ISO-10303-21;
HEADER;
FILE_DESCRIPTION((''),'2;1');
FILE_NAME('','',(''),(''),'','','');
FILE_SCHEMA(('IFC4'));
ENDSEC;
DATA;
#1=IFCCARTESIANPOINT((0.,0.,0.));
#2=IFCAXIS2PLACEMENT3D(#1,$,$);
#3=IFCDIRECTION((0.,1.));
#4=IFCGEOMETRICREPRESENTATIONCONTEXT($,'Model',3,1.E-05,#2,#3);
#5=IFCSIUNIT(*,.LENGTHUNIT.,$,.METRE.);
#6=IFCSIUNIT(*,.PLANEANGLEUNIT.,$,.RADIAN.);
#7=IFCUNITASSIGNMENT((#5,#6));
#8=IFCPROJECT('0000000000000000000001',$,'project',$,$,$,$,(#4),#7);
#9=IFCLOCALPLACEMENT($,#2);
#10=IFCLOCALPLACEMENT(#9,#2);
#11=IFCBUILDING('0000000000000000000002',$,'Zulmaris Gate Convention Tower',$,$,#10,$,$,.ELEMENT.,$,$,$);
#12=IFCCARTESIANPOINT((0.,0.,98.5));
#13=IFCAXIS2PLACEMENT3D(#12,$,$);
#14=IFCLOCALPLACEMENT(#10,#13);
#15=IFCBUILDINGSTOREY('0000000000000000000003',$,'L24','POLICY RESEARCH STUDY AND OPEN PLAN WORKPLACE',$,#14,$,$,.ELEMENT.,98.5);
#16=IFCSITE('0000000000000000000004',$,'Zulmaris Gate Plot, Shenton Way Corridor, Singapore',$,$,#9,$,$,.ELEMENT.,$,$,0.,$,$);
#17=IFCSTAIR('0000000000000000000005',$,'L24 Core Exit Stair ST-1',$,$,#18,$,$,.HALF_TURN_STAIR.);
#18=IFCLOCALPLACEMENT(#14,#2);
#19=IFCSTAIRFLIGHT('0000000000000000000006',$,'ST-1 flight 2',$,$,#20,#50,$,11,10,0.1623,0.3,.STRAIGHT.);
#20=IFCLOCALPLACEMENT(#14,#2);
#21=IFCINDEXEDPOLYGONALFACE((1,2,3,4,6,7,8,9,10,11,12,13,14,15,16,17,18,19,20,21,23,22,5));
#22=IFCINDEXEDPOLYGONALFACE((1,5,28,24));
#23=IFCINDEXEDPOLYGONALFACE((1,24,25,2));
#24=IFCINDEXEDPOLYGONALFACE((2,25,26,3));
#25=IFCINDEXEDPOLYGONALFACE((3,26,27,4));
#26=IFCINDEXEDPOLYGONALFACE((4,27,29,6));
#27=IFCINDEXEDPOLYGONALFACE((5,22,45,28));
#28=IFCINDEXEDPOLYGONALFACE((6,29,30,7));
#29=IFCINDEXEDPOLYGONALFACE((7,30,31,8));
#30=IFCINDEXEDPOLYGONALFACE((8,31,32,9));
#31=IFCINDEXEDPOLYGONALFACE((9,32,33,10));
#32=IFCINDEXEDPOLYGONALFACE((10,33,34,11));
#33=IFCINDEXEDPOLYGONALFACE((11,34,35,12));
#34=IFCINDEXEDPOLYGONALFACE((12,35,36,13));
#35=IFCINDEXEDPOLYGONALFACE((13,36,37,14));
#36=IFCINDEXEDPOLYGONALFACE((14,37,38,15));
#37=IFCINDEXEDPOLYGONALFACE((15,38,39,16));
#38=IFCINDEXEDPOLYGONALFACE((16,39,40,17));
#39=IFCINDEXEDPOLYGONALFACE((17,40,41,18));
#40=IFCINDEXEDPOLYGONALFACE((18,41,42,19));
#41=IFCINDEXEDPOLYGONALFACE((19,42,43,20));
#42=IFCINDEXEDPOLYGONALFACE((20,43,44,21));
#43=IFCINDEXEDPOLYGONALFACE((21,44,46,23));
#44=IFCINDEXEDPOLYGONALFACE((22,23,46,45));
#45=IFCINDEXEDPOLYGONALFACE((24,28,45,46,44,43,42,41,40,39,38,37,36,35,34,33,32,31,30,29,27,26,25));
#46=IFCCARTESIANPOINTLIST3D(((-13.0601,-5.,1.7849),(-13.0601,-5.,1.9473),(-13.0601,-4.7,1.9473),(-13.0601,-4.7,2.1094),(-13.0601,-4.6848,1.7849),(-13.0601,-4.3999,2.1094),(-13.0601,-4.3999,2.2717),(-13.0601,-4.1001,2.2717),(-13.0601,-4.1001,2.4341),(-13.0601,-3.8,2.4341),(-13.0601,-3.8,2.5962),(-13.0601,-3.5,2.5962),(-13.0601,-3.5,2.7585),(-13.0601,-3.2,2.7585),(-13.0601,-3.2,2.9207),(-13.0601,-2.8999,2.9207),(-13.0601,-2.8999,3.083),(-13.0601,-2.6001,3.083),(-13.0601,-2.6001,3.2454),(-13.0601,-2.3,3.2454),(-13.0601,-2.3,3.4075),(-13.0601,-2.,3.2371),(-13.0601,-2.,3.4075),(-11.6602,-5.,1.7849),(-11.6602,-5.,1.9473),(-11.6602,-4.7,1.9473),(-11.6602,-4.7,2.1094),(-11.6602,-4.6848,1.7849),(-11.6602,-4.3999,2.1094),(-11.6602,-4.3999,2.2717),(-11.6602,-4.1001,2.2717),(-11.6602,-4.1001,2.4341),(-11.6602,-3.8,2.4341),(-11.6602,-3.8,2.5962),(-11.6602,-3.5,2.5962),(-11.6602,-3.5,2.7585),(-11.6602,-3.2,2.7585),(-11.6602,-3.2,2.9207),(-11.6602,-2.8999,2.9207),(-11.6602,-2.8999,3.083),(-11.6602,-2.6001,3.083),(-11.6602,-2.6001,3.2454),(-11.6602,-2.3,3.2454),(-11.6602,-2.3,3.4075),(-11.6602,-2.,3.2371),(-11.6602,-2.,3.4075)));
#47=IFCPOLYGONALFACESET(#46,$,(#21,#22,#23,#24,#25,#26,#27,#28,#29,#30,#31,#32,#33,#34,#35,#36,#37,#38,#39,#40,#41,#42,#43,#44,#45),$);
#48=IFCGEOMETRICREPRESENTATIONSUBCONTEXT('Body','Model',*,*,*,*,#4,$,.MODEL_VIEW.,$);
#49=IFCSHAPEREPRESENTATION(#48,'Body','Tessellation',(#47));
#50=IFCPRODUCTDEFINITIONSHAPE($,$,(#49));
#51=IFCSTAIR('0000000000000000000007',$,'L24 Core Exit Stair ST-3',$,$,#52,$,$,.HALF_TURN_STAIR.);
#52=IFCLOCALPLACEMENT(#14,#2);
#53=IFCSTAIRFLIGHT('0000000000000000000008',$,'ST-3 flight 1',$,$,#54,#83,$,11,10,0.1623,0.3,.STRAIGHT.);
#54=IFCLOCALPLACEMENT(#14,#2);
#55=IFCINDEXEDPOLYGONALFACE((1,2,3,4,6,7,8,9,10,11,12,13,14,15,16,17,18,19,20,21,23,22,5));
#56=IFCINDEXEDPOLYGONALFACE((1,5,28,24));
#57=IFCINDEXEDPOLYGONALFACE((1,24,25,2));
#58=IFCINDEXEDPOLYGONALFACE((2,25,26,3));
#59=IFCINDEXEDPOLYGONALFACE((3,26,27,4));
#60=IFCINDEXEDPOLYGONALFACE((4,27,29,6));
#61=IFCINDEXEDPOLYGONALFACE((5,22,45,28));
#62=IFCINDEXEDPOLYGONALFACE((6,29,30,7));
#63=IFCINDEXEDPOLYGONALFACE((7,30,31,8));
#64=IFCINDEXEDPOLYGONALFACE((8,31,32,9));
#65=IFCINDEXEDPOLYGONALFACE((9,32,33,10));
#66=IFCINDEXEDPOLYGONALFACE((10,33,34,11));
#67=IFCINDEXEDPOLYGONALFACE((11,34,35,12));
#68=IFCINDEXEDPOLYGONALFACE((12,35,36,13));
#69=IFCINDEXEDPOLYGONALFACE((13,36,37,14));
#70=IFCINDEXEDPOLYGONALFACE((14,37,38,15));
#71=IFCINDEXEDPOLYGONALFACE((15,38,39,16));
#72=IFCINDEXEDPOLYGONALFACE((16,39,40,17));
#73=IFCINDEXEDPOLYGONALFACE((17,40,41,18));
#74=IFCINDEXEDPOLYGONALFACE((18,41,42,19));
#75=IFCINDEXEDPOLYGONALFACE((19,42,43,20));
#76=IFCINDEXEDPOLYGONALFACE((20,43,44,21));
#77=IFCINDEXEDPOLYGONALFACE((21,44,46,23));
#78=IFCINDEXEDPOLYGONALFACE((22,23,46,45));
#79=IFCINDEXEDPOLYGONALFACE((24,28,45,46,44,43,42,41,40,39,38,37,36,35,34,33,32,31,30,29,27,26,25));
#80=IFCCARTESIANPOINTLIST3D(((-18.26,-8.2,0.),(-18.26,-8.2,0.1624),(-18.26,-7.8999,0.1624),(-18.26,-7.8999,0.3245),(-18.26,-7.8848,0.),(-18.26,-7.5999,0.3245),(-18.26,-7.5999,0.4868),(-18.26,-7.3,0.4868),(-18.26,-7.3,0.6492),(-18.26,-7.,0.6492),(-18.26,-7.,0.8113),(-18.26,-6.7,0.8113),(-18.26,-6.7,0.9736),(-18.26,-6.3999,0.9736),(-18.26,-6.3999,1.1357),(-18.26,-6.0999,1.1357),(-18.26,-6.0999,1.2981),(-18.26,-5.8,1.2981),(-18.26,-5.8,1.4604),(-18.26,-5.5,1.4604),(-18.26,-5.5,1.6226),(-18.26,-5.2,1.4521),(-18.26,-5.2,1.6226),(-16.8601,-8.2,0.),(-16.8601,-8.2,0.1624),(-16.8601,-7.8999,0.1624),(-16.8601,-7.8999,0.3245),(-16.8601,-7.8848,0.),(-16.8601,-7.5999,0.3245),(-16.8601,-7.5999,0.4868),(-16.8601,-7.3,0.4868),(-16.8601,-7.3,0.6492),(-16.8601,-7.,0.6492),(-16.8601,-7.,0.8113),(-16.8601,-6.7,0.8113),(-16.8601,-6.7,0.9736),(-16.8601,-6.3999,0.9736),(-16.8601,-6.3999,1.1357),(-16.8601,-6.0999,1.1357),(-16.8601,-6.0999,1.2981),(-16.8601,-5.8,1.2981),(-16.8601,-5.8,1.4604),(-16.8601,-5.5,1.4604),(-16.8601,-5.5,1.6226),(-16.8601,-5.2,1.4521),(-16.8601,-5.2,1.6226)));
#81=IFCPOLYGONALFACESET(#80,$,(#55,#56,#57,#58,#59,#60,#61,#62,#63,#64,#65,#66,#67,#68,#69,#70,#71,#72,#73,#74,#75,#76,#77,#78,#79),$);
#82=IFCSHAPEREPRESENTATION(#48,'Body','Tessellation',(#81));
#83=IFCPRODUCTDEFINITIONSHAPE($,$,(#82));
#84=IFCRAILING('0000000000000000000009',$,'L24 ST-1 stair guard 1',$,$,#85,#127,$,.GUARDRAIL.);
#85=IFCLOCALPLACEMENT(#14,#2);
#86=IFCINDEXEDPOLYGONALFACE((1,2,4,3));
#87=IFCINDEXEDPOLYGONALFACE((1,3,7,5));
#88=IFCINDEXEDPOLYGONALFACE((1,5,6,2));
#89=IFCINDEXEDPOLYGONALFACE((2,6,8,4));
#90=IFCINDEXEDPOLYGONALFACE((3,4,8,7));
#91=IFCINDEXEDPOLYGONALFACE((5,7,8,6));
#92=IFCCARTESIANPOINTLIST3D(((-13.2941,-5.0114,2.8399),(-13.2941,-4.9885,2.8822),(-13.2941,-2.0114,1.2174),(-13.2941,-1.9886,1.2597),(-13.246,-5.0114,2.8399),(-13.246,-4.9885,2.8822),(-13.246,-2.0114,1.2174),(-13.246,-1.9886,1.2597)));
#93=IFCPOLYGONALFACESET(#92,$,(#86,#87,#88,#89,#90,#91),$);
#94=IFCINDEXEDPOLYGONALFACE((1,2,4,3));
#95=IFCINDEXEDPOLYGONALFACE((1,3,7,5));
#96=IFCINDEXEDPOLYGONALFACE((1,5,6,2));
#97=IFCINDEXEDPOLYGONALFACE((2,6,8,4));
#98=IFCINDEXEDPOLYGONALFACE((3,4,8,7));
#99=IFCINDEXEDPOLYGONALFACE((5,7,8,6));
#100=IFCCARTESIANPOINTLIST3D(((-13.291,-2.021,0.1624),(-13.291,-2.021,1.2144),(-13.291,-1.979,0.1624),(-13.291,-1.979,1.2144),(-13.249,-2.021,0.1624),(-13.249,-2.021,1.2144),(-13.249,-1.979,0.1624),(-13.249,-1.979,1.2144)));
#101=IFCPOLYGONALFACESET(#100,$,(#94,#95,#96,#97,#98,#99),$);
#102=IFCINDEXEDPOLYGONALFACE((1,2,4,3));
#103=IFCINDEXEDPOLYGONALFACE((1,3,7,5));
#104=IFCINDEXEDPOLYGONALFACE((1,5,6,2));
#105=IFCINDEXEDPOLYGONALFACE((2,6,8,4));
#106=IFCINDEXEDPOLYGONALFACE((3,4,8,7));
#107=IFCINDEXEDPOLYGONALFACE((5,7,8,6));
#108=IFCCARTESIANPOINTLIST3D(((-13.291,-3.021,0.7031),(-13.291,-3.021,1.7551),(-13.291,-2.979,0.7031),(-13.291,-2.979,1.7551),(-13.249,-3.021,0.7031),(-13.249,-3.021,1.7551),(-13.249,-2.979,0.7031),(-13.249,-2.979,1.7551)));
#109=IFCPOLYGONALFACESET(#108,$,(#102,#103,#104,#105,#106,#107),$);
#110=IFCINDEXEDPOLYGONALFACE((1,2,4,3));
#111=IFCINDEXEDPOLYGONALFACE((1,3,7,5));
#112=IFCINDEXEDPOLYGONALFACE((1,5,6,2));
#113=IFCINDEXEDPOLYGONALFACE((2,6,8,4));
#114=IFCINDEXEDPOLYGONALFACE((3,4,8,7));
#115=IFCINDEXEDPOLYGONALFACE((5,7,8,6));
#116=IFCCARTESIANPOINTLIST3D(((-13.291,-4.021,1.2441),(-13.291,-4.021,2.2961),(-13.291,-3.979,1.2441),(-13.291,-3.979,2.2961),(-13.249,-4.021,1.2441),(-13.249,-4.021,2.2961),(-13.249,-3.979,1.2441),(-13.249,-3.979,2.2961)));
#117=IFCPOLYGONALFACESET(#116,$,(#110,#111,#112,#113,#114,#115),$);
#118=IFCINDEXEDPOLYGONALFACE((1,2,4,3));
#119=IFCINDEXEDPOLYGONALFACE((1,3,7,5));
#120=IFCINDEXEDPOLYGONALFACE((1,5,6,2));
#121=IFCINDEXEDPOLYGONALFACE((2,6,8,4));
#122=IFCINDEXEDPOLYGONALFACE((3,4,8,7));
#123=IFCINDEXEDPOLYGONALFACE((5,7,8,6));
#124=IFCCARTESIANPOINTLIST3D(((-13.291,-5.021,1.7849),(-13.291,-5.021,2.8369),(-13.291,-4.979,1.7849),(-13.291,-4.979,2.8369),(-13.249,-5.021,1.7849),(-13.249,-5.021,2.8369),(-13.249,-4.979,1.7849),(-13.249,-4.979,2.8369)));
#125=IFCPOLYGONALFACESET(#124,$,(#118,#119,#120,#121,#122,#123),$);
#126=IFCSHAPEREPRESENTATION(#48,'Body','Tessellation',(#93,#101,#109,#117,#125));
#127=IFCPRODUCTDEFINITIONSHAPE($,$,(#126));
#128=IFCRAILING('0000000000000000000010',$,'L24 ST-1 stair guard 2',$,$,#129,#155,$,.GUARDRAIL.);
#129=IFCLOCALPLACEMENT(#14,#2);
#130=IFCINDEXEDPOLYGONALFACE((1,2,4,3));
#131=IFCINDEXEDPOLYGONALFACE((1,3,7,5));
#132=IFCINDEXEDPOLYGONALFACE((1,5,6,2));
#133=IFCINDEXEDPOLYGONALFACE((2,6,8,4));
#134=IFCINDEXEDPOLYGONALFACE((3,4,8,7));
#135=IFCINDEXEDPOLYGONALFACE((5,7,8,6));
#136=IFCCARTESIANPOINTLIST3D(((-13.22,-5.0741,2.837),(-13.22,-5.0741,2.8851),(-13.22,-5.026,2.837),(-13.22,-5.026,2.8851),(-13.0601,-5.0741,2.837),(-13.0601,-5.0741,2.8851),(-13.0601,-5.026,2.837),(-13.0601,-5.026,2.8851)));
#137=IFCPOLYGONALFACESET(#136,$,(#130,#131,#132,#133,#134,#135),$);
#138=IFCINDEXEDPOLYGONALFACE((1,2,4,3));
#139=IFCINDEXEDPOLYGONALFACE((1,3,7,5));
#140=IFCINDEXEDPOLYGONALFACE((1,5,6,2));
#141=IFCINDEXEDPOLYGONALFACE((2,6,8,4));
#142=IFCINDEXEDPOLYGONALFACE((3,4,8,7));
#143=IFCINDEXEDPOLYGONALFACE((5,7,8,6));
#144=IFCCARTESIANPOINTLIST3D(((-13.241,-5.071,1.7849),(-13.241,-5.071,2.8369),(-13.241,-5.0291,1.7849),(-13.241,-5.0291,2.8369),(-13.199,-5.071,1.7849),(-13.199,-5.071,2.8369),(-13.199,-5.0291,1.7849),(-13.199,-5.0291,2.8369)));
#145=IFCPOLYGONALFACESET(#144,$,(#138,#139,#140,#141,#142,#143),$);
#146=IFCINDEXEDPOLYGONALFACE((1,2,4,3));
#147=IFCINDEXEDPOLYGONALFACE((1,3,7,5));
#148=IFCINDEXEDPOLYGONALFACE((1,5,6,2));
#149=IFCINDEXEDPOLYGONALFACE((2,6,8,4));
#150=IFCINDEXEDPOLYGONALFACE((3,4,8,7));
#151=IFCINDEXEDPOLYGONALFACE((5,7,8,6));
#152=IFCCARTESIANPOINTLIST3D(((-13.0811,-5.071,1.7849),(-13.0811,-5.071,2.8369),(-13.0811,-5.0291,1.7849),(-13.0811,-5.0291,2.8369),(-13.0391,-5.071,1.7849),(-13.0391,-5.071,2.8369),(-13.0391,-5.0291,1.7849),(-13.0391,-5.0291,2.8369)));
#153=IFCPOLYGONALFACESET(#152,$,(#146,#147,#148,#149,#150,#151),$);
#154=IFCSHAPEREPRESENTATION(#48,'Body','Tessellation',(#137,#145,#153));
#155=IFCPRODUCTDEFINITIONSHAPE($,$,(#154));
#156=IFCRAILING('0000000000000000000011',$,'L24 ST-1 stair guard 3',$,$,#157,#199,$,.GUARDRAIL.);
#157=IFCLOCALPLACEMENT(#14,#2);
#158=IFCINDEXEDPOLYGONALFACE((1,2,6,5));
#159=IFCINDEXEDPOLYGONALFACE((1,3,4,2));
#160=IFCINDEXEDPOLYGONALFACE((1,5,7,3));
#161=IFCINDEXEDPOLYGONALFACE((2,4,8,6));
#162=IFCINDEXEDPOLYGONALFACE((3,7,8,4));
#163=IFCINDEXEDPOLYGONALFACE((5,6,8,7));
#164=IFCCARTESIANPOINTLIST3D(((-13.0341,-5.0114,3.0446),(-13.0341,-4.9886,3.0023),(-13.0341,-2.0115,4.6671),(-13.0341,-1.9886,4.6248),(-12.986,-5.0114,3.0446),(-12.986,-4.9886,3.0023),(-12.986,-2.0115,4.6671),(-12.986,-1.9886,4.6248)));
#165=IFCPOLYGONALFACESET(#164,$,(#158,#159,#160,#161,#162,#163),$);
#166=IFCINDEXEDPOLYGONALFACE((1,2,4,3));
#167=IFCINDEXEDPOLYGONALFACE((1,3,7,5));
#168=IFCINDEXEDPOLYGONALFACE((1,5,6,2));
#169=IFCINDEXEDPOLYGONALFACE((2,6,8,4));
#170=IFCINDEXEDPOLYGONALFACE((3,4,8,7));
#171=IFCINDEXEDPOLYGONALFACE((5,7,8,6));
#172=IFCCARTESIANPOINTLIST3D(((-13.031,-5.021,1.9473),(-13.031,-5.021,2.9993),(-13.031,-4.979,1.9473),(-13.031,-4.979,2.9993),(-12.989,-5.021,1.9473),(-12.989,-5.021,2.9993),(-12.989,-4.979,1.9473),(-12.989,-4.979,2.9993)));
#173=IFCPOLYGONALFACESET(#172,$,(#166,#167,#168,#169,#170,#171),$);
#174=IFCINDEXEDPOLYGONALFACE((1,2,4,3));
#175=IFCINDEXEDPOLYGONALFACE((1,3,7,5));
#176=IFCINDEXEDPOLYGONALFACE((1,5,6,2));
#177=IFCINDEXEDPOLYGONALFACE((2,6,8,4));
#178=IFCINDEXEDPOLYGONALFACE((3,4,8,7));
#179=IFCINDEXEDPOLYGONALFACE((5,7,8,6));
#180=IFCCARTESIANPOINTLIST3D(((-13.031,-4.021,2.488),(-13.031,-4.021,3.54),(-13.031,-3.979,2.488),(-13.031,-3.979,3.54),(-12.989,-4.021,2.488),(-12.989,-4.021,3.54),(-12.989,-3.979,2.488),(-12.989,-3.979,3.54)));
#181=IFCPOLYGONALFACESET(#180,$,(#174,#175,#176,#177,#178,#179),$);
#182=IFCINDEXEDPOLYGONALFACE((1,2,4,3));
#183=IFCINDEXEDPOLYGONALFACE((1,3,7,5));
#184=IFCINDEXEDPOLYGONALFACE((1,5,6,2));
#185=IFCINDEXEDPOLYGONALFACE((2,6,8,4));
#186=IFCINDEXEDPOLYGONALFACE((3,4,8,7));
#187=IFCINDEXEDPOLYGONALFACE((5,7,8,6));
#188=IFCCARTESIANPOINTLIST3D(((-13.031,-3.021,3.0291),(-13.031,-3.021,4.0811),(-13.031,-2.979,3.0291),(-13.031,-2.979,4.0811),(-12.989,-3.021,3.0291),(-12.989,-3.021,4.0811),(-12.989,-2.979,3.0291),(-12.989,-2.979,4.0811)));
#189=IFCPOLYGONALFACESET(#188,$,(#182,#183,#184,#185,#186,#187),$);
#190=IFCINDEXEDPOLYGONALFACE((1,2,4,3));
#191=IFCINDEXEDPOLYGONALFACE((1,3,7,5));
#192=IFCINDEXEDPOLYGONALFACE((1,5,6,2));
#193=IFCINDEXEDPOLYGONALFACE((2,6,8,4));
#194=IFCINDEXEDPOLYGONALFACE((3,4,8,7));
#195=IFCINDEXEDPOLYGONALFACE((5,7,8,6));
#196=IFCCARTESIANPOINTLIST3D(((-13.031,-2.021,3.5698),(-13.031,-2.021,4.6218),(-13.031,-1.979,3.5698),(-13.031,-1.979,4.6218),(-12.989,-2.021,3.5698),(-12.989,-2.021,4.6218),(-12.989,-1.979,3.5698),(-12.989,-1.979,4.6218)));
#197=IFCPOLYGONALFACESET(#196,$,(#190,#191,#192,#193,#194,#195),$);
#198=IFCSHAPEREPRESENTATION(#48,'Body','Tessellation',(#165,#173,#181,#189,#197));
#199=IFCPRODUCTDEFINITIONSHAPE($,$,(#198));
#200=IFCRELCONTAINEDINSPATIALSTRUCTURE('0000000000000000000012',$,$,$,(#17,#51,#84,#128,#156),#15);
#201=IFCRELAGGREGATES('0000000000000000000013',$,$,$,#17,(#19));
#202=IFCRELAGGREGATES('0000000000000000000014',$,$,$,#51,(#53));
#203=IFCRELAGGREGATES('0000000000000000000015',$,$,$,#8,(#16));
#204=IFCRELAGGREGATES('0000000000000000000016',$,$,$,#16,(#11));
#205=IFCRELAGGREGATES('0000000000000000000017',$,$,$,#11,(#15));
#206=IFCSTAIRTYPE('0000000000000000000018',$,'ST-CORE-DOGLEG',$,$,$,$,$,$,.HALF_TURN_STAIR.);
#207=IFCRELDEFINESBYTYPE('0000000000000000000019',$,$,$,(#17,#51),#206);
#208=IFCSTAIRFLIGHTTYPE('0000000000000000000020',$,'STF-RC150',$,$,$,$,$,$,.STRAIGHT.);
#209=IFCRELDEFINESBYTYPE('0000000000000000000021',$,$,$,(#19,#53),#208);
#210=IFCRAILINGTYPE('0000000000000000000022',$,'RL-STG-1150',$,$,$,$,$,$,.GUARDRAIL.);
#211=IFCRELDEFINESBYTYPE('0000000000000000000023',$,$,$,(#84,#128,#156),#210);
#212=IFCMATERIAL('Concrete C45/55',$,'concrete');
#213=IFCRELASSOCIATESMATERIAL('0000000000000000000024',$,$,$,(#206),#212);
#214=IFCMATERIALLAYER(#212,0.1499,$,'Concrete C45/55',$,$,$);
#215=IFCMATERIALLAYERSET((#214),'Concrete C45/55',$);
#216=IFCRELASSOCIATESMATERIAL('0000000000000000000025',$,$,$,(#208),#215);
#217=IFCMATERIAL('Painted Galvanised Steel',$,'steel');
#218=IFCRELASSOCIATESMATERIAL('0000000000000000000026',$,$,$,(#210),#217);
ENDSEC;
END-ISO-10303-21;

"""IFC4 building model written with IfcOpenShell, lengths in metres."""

from ifc_helpers import new_model, si_unit, direction, frame, origin, origin_2d, place, context, subcontext, project, spatial, polyline, rectangle, outline, extrude, material, layer, layer_set, type_object, element, aggregate, save


model = new_model("IFC4")

# Units and contexts
model_context = context("Model", 3, precision=1e-05, world=origin(), true_north=direction((0.0, 1.0)))
body_context = subcontext(model_context, "Body", "Model", "MODEL_VIEW")
ifc_project = project(units=[si_unit("LENGTHUNIT", "METRE"), si_unit("PLANEANGLEUNIT", "RADIAN")], contexts=[model_context])

# Site, building, storey
site_placement = place(None, origin())
site = spatial("IfcSite", under=ifc_project, at=site_placement, Name="Zulmaris Gate Plot, Shenton Way Corridor, Singapore", CompositionType="ELEMENT", RefElevation=0.0)
building_placement = place(site_placement, origin())
building = spatial("IfcBuilding", under=site, at=building_placement, Name="Zulmaris Gate Convention Tower", CompositionType="ELEMENT")
storey_placement = place(building_placement, frame((0.0, 0.0, 98.5)))
storey = spatial("IfcBuildingStorey", under=building, at=storey_placement, Name="L24", Description="POLICY RESEARCH STUDY AND OPEN PLAN WORKPLACE", CompositionType="ELEMENT", Elevation=98.5)

# Stair, stair flight
ifc_material_1 = material(Name="Concrete C45/55", Category="concrete")
stair_type = type_object("IfcStairType", Name="ST-CORE-DOGLEG", PredefinedType="HALF_TURN_STAIR", material=ifc_material_1)
stair_1_placement = place(storey_placement, origin())
stair_1 = element("IfcStair", 1, at=stair_1_placement, inside=storey, type_object=stair_type, Name="L24 Core Exit Stair ST-1", PredefinedType="HALF_TURN_STAIR")
ifc_layer_1 = layer(ifc_material_1, 0.1499, Name="Concrete C45/55")
ifc_layer_set_1 = layer_set([ifc_layer_1], Name="Concrete C45/55")
stair_flight_type = type_object("IfcStairFlightType", Name="STF-RC150", PredefinedType="STRAIGHT", material=ifc_layer_set_1)
stair_flight_1_placement = place(storey_placement, frame((-12.3601, -5.0, 1.7849), z_axis=(0.0, 0.0, 1.0), x_axis=(0.0, 1.0, 0.0)))
stair_flight_1 = element("IfcStairFlight", 2, at=stair_flight_1_placement, type_object=stair_flight_type, Name="ST-1 flight 2", NumberOfRisers=11, NumberOfTreads=10, PredefinedType="STRAIGHT", RiserHeight=0.1623, TreadLength=0.3, context=body_context, shape_type="SweptSolid", body=[
    extrude(outline(polyline([(0.0, 0.0), (0.0, 0.1624), (0.3, 0.1624), (0.3, 0.3245), (0.6001, 0.3245), (0.6001, 0.4868), (0.8999, 0.4868), (0.8999, 0.6492), (1.2, 0.6492), (1.2, 0.8113), (1.5, 0.8113), (1.5, 0.9736), (1.8, 0.9736), (1.8, 1.1357), (2.1001, 1.1357), (2.1001, 1.2981), (2.3999, 1.2981), (2.3999, 1.4604), (2.7, 1.4604), (2.7, 1.6226), (3.0, 1.6226), (3.0, 1.7849), (3.0, 1.4521), (0.3152, 0.0), (0.0, 0.0)])), frame((0.0, 0.7, 0.0), z_axis=(0.0, -1.0, 0.0), x_axis=(1.0, 0.0, 0.0)), (0.0, 0.0, 1.0), 1.3999),
])
aggregate(stair_1, [stair_flight_1])

# Stair, stair flight
stair_2_placement = place(storey_placement, origin())
stair_2 = element("IfcStair", 3, at=stair_2_placement, inside=storey, type_object=stair_type, Name="L24 Core Exit Stair ST-3", PredefinedType="HALF_TURN_STAIR")
stair_flight_2_placement = place(storey_placement, frame((-17.5601, -8.2, 0.0), z_axis=(0.0, 0.0, 1.0), x_axis=(0.0, 1.0, 0.0)))
stair_flight_2 = element("IfcStairFlight", 4, at=stair_flight_2_placement, type_object=stair_flight_type, Name="ST-3 flight 1", NumberOfRisers=11, NumberOfTreads=10, PredefinedType="STRAIGHT", RiserHeight=0.1623, TreadLength=0.3, context=body_context, shape_type="SweptSolid", body=[
    extrude(outline(polyline([(0.0, 0.0), (0.0, 0.1624), (0.3, 0.1624), (0.3, 0.3245), (0.6001, 0.3245), (0.6001, 0.4868), (0.8999, 0.4868), (0.8999, 0.6492), (1.2, 0.6492), (1.2, 0.8113), (1.5, 0.8113), (1.5, 0.9736), (1.8, 0.9736), (1.8, 1.1357), (2.1001, 1.1357), (2.1001, 1.2981), (2.3999, 1.2981), (2.3999, 1.4604), (2.7, 1.4604), (2.7, 1.6226), (3.0, 1.6226), (3.0, 1.7849), (3.0, 1.4521), (0.3152, 0.0), (0.0, 0.0)])), frame((0.0, 0.7, 0.0), z_axis=(0.0, -1.0, 0.0), x_axis=(1.0, 0.0, 0.0)), (0.0, 0.0, 1.0), 1.3999),
])
aggregate(stair_2, [stair_flight_2])

# Railings
ifc_material_2 = material(Name="Painted Galvanised Steel", Category="steel")
railing_type_1 = type_object("IfcRailingType", Name="RL-STG-1150", PredefinedType="GUARDRAIL", material=ifc_material_2)
railing_1_placement = place(storey_placement, frame((-13.27, -2.0, 0.1624)))
element("IfcRailing", 5, at=railing_1_placement, inside=storey, type_object=railing_type_1, Name="L24 ST-1 stair guard 1", PredefinedType="GUARDRAIL", context=body_context, shape_type="SweptSolid", body=[
    extrude(rectangle(XDim=0.0481, YDim=0.0481, at=origin_2d()), frame((0.0, 0.0, 1.0762), z_axis=(0.0, -0.879592, 0.47573), x_axis=(1.0, 0.0, 0.0)), (0.0, 0.0, 1.0), 3.4106),
    extrude(rectangle(XDim=0.042, YDim=0.042, at=origin_2d()), origin(), (0.0, 0.0, 1.0), 1.052),
    extrude(rectangle(XDim=0.042, YDim=0.042, at=origin_2d()), frame((0.0, -1.0, 0.5408)), (0.0, 0.0, 1.0), 1.052),
    extrude(rectangle(XDim=0.042, YDim=0.042, at=origin_2d()), frame((0.0, -2.0, 1.0818)), (0.0, 0.0, 1.0), 1.052),
    extrude(rectangle(XDim=0.042, YDim=0.042, at=origin_2d()), frame((0.0, -3.0, 1.6226)), (0.0, 0.0, 1.0), 1.052),
])
railing_2_placement = place(storey_placement, frame((-13.22, -5.05, 1.7849)))
element("IfcRailing", 6, at=railing_2_placement, inside=storey, type_object=railing_type_1, Name="L24 ST-1 stair guard 2", PredefinedType="GUARDRAIL", context=body_context, shape_type="SweptSolid", body=[
    extrude(rectangle(XDim=0.0481, YDim=0.0481, at=origin_2d()), frame((0.0, 0.0, 1.0762), z_axis=(1.0, 0.0, 0.0), x_axis=(0.0, 1.0, 0.0)), (0.0, 0.0, 1.0), 0.1599),
    extrude(rectangle(XDim=0.042, YDim=0.042, at=origin_2d()), origin(), (0.0, 0.0, 1.0), 1.052),
    extrude(rectangle(XDim=0.042, YDim=0.042, at=origin_2d()), frame((0.1599, 0.0, 0.0)), (0.0, 0.0, 1.0), 1.052),
])
railing_3_placement = place(storey_placement, frame((-13.01, -5.0, 1.9473)))
element("IfcRailing", 7, at=railing_3_placement, inside=storey, type_object=railing_type_1, Name="L24 ST-1 stair guard 3", PredefinedType="GUARDRAIL", context=body_context, shape_type="SweptSolid", body=[
    extrude(rectangle(XDim=0.0481, YDim=0.0481, at=origin_2d()), frame((0.0, 0.0, 1.0762), z_axis=(0.0, 0.879592, 0.47573), x_axis=(-1.0, 0.0, 0.0)), (0.0, 0.0, 1.0), 3.4106),
    extrude(rectangle(XDim=0.042, YDim=0.042, at=origin_2d()), origin(), (0.0, 0.0, 1.0), 1.052),
    extrude(rectangle(XDim=0.042, YDim=0.042, at=origin_2d()), frame((0.0, 1.0, 0.5408)), (0.0, 0.0, 1.0), 1.052),
    extrude(rectangle(XDim=0.042, YDim=0.042, at=origin_2d()), frame((0.0, 2.0, 1.0818)), (0.0, 0.0, 1.0), 1.052),
    extrude(rectangle(XDim=0.042, YDim=0.042, at=origin_2d()), frame((0.0, 3.0, 1.6226)), (0.0, 0.0, 1.0), 1.052),
])

save(model, "model.ifc")
